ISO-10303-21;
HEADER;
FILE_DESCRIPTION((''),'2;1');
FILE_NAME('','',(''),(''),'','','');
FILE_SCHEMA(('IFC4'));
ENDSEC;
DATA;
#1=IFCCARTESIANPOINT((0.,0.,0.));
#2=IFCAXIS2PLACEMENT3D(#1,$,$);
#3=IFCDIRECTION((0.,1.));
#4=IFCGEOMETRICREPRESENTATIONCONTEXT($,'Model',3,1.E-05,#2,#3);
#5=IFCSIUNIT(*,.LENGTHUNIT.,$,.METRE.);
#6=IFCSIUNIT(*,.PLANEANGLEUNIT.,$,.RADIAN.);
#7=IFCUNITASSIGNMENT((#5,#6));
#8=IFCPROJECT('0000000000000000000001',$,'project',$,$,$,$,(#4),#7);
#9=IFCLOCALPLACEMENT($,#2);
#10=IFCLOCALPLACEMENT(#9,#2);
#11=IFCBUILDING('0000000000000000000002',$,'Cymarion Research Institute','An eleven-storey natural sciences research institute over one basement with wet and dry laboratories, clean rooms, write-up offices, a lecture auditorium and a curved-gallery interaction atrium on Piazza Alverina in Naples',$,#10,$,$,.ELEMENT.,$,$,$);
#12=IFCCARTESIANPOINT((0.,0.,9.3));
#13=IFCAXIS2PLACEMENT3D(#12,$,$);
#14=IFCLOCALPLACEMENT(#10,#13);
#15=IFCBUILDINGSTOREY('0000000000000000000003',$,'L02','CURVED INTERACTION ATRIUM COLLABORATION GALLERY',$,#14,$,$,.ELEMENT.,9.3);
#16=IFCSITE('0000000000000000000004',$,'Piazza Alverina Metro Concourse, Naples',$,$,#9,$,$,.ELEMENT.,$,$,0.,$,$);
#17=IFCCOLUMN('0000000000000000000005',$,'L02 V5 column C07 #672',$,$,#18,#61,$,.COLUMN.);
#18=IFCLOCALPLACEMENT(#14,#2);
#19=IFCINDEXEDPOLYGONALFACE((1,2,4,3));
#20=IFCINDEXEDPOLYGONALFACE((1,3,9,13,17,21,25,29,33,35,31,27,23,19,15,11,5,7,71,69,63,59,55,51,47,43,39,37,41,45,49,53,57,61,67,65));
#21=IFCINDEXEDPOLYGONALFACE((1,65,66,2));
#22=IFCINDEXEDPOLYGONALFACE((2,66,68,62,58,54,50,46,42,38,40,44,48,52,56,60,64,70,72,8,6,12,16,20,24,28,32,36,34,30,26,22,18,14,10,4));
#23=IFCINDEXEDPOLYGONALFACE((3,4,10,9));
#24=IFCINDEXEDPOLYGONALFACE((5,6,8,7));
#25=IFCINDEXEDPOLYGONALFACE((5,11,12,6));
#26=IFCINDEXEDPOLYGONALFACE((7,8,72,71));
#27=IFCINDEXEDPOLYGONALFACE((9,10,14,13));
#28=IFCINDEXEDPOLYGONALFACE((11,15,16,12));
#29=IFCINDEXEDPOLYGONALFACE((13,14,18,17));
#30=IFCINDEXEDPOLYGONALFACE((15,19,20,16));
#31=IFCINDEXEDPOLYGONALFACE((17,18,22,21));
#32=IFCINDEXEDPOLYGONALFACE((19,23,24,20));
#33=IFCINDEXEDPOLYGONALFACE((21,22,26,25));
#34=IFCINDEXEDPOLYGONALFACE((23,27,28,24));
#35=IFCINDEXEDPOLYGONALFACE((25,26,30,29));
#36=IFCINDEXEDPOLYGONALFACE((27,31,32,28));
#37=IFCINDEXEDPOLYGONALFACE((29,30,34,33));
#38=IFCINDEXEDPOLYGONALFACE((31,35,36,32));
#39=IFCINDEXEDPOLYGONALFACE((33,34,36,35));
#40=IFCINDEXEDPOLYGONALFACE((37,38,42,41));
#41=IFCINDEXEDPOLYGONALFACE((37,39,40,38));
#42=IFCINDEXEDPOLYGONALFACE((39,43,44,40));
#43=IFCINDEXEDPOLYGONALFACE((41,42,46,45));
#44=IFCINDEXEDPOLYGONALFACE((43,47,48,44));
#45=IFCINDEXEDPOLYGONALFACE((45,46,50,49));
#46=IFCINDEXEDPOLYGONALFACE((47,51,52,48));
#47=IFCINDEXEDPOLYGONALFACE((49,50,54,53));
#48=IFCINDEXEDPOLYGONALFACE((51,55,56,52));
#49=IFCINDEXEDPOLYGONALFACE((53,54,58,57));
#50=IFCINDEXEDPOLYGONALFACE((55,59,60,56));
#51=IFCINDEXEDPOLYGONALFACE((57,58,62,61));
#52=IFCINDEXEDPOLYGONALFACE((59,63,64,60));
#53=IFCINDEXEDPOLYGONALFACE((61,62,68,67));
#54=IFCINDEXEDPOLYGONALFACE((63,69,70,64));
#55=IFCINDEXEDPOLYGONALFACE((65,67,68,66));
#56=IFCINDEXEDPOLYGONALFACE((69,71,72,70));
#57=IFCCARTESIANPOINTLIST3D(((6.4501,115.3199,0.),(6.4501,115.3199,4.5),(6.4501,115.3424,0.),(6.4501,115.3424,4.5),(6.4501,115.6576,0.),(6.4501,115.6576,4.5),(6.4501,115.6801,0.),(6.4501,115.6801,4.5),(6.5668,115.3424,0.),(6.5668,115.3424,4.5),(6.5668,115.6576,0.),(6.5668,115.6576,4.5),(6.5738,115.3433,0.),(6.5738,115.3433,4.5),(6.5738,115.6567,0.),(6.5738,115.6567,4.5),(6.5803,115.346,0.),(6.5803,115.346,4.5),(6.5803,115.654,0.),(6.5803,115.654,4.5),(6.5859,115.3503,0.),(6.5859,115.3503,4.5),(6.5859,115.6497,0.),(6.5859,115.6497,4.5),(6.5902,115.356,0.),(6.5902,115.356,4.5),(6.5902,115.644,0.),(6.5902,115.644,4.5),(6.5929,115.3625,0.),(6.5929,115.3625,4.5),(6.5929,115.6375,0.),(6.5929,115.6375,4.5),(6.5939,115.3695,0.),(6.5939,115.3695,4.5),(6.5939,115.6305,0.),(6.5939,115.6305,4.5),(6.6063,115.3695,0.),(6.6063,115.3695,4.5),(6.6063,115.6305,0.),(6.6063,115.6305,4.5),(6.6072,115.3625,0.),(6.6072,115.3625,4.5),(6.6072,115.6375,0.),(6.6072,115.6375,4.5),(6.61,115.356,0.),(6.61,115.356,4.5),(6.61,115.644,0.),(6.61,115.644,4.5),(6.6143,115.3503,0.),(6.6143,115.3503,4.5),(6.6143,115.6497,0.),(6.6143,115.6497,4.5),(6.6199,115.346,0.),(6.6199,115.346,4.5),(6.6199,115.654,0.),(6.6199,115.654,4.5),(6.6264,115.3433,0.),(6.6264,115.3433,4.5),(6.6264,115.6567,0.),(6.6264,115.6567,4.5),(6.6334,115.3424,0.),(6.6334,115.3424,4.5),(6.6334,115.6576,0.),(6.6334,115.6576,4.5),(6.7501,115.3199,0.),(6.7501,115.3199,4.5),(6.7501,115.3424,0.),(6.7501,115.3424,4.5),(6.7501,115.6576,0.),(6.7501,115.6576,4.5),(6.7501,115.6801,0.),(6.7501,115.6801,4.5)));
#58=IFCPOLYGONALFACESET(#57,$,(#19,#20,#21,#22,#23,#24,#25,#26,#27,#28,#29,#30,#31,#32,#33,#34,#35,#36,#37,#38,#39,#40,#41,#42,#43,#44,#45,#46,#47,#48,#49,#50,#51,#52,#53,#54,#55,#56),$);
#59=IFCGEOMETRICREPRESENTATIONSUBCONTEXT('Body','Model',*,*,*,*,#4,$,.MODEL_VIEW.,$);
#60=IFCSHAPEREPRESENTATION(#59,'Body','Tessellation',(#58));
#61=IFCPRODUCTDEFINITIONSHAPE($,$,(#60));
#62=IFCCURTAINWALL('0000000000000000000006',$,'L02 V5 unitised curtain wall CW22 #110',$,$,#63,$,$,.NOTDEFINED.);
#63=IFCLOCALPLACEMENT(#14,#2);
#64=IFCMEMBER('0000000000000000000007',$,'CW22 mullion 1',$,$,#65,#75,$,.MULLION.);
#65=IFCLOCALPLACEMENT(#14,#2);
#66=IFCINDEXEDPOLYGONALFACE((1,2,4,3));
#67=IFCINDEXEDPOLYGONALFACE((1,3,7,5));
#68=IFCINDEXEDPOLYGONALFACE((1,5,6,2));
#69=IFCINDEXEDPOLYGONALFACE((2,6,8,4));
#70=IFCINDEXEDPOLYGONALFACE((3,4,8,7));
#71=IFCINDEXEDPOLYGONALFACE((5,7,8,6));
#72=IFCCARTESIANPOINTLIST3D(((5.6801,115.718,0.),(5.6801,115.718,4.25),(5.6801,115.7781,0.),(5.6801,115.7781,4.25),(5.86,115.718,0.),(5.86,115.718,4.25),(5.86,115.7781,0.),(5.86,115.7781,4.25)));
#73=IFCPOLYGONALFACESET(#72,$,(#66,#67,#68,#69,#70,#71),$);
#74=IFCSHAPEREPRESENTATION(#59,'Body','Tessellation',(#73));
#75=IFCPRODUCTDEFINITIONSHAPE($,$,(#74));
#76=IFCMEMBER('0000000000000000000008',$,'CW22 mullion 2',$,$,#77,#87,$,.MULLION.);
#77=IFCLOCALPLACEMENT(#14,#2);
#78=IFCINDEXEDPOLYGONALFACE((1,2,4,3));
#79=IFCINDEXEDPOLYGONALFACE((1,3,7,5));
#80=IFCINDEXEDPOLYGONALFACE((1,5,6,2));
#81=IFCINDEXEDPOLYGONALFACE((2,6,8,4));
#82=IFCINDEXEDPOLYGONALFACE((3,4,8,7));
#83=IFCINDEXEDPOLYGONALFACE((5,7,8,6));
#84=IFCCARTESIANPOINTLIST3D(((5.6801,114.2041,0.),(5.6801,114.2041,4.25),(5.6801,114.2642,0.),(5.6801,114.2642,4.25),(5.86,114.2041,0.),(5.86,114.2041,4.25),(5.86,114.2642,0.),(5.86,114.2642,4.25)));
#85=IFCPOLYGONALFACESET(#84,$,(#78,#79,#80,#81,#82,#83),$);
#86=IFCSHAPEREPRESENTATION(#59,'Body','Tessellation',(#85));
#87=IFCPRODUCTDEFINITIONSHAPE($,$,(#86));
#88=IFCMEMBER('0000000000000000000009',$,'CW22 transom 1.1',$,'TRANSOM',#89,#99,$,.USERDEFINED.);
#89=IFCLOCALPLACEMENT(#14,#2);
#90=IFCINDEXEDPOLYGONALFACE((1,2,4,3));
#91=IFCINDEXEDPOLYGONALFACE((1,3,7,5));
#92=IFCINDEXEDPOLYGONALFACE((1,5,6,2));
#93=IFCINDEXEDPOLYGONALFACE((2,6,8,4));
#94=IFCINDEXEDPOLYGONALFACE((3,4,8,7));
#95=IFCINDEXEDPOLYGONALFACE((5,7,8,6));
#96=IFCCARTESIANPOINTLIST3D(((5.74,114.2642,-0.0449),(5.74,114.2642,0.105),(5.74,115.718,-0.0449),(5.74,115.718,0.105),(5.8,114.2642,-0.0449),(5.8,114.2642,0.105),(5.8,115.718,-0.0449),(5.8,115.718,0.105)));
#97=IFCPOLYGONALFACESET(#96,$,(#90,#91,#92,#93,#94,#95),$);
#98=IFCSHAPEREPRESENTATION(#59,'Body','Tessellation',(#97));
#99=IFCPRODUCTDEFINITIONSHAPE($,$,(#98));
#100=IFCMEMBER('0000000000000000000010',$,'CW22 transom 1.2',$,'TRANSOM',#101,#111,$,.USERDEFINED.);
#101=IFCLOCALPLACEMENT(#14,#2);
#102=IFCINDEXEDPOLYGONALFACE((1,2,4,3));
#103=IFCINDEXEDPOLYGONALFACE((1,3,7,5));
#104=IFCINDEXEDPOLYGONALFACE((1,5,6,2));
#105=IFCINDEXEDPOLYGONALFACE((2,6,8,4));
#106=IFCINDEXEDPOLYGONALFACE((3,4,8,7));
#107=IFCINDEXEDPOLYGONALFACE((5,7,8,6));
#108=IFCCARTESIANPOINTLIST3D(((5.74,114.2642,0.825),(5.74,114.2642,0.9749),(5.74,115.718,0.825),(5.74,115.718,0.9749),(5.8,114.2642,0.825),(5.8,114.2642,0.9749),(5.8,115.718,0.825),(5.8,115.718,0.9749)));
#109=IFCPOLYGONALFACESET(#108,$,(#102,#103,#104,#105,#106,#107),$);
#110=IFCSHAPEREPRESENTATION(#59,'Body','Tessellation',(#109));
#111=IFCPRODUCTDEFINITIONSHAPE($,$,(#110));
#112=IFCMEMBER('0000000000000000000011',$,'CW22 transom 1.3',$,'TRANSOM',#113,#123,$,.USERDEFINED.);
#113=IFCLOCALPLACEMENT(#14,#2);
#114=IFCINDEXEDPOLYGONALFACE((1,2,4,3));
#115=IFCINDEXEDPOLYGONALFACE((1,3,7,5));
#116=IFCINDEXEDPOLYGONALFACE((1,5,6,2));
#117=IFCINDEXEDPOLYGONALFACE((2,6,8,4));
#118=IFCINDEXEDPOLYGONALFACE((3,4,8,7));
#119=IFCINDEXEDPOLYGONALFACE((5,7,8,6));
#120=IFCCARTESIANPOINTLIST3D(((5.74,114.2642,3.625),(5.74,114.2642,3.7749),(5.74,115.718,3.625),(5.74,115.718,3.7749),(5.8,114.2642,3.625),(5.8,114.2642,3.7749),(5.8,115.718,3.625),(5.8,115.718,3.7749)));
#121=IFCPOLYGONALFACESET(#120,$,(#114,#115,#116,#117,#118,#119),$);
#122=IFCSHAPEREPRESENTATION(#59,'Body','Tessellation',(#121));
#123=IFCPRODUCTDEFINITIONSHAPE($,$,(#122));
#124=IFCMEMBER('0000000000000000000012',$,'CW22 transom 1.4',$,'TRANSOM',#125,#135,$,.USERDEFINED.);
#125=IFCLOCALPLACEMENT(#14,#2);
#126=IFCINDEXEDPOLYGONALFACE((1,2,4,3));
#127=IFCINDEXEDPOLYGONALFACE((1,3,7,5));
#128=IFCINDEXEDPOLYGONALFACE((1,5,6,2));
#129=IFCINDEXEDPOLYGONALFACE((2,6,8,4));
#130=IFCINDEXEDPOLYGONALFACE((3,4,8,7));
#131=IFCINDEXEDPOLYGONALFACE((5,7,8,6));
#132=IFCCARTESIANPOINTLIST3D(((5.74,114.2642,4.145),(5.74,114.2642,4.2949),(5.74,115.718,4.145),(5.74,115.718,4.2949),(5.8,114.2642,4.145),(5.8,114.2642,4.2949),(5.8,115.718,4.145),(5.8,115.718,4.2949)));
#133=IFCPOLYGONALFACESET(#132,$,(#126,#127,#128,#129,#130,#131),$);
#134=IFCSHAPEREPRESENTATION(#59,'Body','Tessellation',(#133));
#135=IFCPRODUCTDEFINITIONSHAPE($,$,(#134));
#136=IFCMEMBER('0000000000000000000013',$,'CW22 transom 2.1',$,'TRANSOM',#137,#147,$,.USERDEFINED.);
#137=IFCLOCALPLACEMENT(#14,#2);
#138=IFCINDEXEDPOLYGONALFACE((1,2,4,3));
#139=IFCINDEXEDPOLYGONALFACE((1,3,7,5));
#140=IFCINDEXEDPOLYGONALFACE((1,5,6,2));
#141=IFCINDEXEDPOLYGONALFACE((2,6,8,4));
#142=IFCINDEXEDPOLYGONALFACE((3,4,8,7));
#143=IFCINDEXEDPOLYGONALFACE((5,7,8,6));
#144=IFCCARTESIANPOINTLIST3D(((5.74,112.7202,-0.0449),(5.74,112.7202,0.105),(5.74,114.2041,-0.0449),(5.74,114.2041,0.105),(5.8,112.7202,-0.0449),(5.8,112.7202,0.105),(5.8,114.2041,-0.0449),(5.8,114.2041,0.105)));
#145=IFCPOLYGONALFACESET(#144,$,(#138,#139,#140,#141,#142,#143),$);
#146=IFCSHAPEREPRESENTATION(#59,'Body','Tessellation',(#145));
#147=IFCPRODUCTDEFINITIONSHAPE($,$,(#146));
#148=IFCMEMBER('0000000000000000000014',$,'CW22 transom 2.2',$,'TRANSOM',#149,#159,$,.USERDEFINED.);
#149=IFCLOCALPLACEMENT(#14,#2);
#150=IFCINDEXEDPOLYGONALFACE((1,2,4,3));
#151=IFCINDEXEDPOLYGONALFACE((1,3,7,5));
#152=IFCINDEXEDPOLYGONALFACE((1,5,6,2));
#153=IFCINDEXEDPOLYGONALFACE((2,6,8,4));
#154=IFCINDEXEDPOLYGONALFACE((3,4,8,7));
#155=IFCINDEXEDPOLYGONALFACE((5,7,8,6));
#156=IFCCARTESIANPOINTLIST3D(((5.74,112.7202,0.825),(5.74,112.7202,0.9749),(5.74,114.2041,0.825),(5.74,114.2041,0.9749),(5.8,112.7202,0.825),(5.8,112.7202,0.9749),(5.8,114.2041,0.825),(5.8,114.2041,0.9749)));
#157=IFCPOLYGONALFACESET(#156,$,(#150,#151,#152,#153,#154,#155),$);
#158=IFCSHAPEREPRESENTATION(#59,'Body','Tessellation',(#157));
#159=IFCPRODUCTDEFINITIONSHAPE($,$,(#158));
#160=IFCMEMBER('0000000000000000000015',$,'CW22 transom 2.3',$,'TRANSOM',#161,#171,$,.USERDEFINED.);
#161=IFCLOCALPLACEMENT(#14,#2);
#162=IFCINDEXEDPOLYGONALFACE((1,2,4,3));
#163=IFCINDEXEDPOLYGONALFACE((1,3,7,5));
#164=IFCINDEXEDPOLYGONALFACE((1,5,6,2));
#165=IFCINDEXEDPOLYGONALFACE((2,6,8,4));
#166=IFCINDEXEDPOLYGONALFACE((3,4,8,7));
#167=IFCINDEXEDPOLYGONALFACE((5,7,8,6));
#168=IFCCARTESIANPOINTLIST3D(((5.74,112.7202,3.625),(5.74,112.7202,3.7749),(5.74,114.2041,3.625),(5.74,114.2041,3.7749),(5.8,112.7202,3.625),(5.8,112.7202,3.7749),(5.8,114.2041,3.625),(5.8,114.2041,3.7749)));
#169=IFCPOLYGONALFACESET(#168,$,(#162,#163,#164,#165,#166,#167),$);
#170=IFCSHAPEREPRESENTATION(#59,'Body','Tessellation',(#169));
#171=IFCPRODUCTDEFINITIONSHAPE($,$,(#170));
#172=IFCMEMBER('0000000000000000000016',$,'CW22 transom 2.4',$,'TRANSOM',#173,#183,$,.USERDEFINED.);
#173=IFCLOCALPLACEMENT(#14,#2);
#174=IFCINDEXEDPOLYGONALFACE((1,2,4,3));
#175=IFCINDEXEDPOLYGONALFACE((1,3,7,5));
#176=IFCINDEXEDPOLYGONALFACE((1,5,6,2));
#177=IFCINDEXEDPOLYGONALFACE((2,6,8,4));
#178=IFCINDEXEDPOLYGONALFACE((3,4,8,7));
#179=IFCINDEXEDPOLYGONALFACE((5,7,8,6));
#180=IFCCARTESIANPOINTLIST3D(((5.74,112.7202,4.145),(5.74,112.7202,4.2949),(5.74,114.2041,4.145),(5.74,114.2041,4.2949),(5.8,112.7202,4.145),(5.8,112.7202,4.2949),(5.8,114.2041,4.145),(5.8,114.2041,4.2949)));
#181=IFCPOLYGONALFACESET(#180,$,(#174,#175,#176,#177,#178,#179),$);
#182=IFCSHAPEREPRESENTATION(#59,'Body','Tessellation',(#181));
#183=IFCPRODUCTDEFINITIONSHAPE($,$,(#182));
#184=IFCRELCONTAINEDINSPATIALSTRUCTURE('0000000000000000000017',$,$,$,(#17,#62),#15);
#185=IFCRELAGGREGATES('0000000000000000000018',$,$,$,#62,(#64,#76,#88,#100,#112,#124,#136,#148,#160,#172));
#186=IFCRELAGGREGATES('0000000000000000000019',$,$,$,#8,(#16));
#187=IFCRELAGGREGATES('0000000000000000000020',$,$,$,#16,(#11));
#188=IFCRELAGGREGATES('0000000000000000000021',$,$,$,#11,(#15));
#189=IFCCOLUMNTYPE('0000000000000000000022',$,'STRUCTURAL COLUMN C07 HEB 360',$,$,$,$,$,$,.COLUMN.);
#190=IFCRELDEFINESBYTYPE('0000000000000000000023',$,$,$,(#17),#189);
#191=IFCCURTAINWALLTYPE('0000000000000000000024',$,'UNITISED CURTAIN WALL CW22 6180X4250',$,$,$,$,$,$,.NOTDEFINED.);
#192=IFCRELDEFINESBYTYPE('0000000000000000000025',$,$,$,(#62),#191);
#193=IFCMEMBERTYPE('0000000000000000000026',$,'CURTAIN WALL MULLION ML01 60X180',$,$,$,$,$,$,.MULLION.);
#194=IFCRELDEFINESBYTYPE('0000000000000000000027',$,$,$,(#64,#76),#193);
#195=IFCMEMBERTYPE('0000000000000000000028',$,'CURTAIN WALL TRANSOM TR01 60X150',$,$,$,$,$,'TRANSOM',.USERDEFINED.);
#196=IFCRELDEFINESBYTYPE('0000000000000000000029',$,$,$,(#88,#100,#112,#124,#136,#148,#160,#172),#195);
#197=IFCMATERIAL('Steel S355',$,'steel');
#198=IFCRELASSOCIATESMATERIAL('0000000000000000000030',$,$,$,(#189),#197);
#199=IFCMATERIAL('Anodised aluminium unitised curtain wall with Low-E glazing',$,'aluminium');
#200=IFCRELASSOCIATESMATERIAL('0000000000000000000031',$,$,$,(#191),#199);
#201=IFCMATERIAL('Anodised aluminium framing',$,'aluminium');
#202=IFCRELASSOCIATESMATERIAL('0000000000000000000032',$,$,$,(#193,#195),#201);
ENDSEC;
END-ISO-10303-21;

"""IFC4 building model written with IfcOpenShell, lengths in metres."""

from ifc_helpers import new_model, si_unit, direction, frame, origin, origin_2d, place, context, subcontext, project, spatial, rectangle, i_section, extrude, material, material_profile, profile_set, type_object, element, aggregate, save


model = new_model("IFC4")

# Units and contexts
model_context = context("Model", 3, precision=1e-05, world=origin(), true_north=direction((0.0, 1.0)))
body_context = subcontext(model_context, "Body", "Model", "MODEL_VIEW")
ifc_project = project(units=[si_unit("LENGTHUNIT", "METRE"), si_unit("PLANEANGLEUNIT", "RADIAN")], contexts=[model_context])

# Site, building, storey
site_placement = place(None, origin())
site = spatial("IfcSite", under=ifc_project, at=site_placement, Name="Piazza Alverina Metro Concourse, Naples", CompositionType="ELEMENT", RefElevation=0.0)
building_placement = place(site_placement, origin())
building = spatial("IfcBuilding", under=site, at=building_placement, Name="Cymarion Research Institute", Description="An eleven-storey natural sciences research institute over one basement with wet and dry laboratories, clean rooms, write-up offices, a lecture auditorium and a curved-gallery interaction atrium on Piazza Alverina in Naples", CompositionType="ELEMENT")
storey_placement = place(building_placement, frame((0.0, 0.0, 9.3)))
storey = spatial("IfcBuildingStorey", under=building, at=storey_placement, Name="L02", Description="CURVED INTERACTION ATRIUM COLLABORATION GALLERY", CompositionType="ELEMENT", Elevation=9.3)

# Column
ifc_material_1 = material(Name="Steel S355", Category="steel")
ifc_material_profile_1 = material_profile(ifc_material_1, i_section(OverallWidth=0.3, OverallDepth=0.3601, WebThickness=0.0125, FlangeThickness=0.0225, FilletRadius=0.0271, at=origin_2d()), Name="HEB 360")
ifc_profile_set_1 = profile_set([ifc_material_profile_1], Name="Steel S355")
column_type = type_object("IfcColumnType", Name="STRUCTURAL COLUMN C07 HEB 360", PredefinedType="COLUMN", material=ifc_profile_set_1)
column_placement = place(storey_placement, frame((6.6001, 115.5, 0.0), z_axis=(0.0, 0.0, 1.0), x_axis=(1.0, 0.0, 0.0)))
element("IfcColumn", 1, at=column_placement, inside=storey, type_object=column_type, Name="L02 V5 column C07 #672", PredefinedType="COLUMN", context=body_context, shape_type="SweptSolid", body=[
    extrude(i_section(OverallWidth=0.3, OverallDepth=0.3601, WebThickness=0.0125, FlangeThickness=0.0225, FilletRadius=0.0271, at=origin_2d()), origin(), (0.0, 0.0, 1.0), 4.5),
])

# Curtain wall, members
ifc_material_2 = material(Name="Anodised aluminium unitised curtain wall with Low-E glazing", Category="aluminium")
curtain_wall_type = type_object("IfcCurtainWallType", Name="UNITISED CURTAIN WALL CW22 6180X4250", PredefinedType="NOTDEFINED", material=ifc_material_2)
curtain_wall_placement = place(storey_placement, origin())
curtain_wall = element("IfcCurtainWall", 2, at=curtain_wall_placement, inside=storey, type_object=curtain_wall_type, Name="L02 V5 unitised curtain wall CW22 #110", PredefinedType="NOTDEFINED")
ifc_material_3 = material(Name="Anodised aluminium framing", Category="aluminium")
ifc_material_profile_2 = material_profile(ifc_material_3, rectangle(XDim=0.0601, YDim=0.1799, at=origin_2d()), Name="ALU MULLION 60x180")
ifc_profile_set_2 = profile_set([ifc_material_profile_2], Name="Anodised aluminium framing")
member_type_1 = type_object("IfcMemberType", Name="CURTAIN WALL MULLION ML01 60X180", PredefinedType="MULLION", material=ifc_profile_set_2)
member_1_placement = place(storey_placement, frame((5.77, 115.748, 0.0), z_axis=(0.0, 0.0, 1.0), x_axis=(0.0, -1.0, 0.0)))
member_1 = element("IfcMember", 3, at=member_1_placement, type_object=member_type_1, Name="CW22 mullion 1", PredefinedType="MULLION", context=body_context, shape_type="SweptSolid", body=[
    extrude(rectangle(XDim=0.0601, YDim=0.1799, at=origin_2d()), origin(), (0.0, 0.0, 1.0), 4.25),
])
member_2_placement = place(storey_placement, frame((5.77, 114.2341, 0.0), z_axis=(0.0, 0.0, 1.0), x_axis=(0.0, -1.0, 0.0)))
member_2 = element("IfcMember", 4, at=member_2_placement, type_object=member_type_1, Name="CW22 mullion 2", PredefinedType="MULLION", context=body_context, shape_type="SweptSolid", body=[
    extrude(rectangle(XDim=0.0601, YDim=0.1799, at=origin_2d()), origin(), (0.0, 0.0, 1.0), 4.25),
])
ifc_material_profile_3 = material_profile(ifc_material_3, rectangle(XDim=0.0601, YDim=0.1499, at=origin_2d()), Name="ALU TRANSOM 60x150")
ifc_profile_set_3 = profile_set([ifc_material_profile_3], Name="Anodised aluminium framing")
member_type_2 = type_object("IfcMemberType", Name="CURTAIN WALL TRANSOM TR01 60X150", ElementType="TRANSOM", PredefinedType="USERDEFINED", material=ifc_profile_set_3)
member_3_placement = place(storey_placement, frame((5.77, 115.718, 0.03), z_axis=(0.0, -1.0, 0.0), x_axis=(1.0, 0.0, 0.0)))
member_3 = element("IfcMember", 5, at=member_3_placement, type_object=member_type_2, Name="CW22 transom 1.1", ObjectType="TRANSOM", PredefinedType="USERDEFINED", context=body_context, shape_type="SweptSolid", body=[
    extrude(rectangle(XDim=0.0601, YDim=0.1499, at=origin_2d()), origin(), (0.0, 0.0, 1.0), 1.4539),
])
member_4_placement = place(storey_placement, frame((5.77, 115.718, 0.8999), z_axis=(0.0, -1.0, 0.0), x_axis=(1.0, 0.0, 0.0)))
member_4 = element("IfcMember", 6, at=member_4_placement, type_object=member_type_2, Name="CW22 transom 1.2", ObjectType="TRANSOM", PredefinedType="USERDEFINED", context=body_context, shape_type="SweptSolid", body=[
    extrude(rectangle(XDim=0.0601, YDim=0.1499, at=origin_2d()), origin(), (0.0, 0.0, 1.0), 1.4539),
])
member_5_placement = place(storey_placement, frame((5.77, 115.718, 3.7), z_axis=(0.0, -1.0, 0.0), x_axis=(1.0, 0.0, 0.0)))
member_5 = element("IfcMember", 7, at=member_5_placement, type_object=member_type_2, Name="CW22 transom 1.3", ObjectType="TRANSOM", PredefinedType="USERDEFINED", context=body_context, shape_type="SweptSolid", body=[
    extrude(rectangle(XDim=0.0601, YDim=0.1499, at=origin_2d()), origin(), (0.0, 0.0, 1.0), 1.4539),
])
member_6_placement = place(storey_placement, frame((5.77, 115.718, 4.22), z_axis=(0.0, -1.0, 0.0), x_axis=(1.0, 0.0, 0.0)))
member_6 = element("IfcMember", 8, at=member_6_placement, type_object=member_type_2, Name="CW22 transom 1.4", ObjectType="TRANSOM", PredefinedType="USERDEFINED", context=body_context, shape_type="SweptSolid", body=[
    extrude(rectangle(XDim=0.0601, YDim=0.1499, at=origin_2d()), origin(), (0.0, 0.0, 1.0), 1.4539),
])
member_7_placement = place(storey_placement, frame((5.77, 114.2041, 0.03), z_axis=(0.0, -1.0, 0.0), x_axis=(1.0, 0.0, 0.0)))
member_7 = element("IfcMember", 9, at=member_7_placement, type_object=member_type_2, Name="CW22 transom 2.1", ObjectType="TRANSOM", PredefinedType="USERDEFINED", context=body_context, shape_type="SweptSolid", body=[
    extrude(rectangle(XDim=0.0601, YDim=0.1499, at=origin_2d()), origin(), (0.0, 0.0, 1.0), 1.4839),
])
member_8_placement = place(storey_placement, frame((5.77, 114.2041, 0.8999), z_axis=(0.0, -1.0, 0.0), x_axis=(1.0, 0.0, 0.0)))
member_8 = element("IfcMember", 10, at=member_8_placement, type_object=member_type_2, Name="CW22 transom 2.2", ObjectType="TRANSOM", PredefinedType="USERDEFINED", context=body_context, shape_type="SweptSolid", body=[
    extrude(rectangle(XDim=0.0601, YDim=0.1499, at=origin_2d()), origin(), (0.0, 0.0, 1.0), 1.4839),
])
member_9_placement = place(storey_placement, frame((5.77, 114.2041, 3.7), z_axis=(0.0, -1.0, 0.0), x_axis=(1.0, 0.0, 0.0)))
member_9 = element("IfcMember", 11, at=member_9_placement, type_object=member_type_2, Name="CW22 transom 2.3", ObjectType="TRANSOM", PredefinedType="USERDEFINED", context=body_context, shape_type="SweptSolid", body=[
    extrude(rectangle(XDim=0.0601, YDim=0.1499, at=origin_2d()), origin(), (0.0, 0.0, 1.0), 1.4839),
])
member_10_placement = place(storey_placement, frame((5.77, 114.2041, 4.22), z_axis=(0.0, -1.0, 0.0), x_axis=(1.0, 0.0, 0.0)))
member_10 = element("IfcMember", 12, at=member_10_placement, type_object=member_type_2, Name="CW22 transom 2.4", ObjectType="TRANSOM", PredefinedType="USERDEFINED", context=body_context, shape_type="SweptSolid", body=[
    extrude(rectangle(XDim=0.0601, YDim=0.1499, at=origin_2d()), origin(), (0.0, 0.0, 1.0), 1.4839),
])

aggregate(curtain_wall, [member_1, member_2, member_3, member_4, member_5, member_6, member_7, member_8, member_9, member_10])

save(model, "model.ifc")
